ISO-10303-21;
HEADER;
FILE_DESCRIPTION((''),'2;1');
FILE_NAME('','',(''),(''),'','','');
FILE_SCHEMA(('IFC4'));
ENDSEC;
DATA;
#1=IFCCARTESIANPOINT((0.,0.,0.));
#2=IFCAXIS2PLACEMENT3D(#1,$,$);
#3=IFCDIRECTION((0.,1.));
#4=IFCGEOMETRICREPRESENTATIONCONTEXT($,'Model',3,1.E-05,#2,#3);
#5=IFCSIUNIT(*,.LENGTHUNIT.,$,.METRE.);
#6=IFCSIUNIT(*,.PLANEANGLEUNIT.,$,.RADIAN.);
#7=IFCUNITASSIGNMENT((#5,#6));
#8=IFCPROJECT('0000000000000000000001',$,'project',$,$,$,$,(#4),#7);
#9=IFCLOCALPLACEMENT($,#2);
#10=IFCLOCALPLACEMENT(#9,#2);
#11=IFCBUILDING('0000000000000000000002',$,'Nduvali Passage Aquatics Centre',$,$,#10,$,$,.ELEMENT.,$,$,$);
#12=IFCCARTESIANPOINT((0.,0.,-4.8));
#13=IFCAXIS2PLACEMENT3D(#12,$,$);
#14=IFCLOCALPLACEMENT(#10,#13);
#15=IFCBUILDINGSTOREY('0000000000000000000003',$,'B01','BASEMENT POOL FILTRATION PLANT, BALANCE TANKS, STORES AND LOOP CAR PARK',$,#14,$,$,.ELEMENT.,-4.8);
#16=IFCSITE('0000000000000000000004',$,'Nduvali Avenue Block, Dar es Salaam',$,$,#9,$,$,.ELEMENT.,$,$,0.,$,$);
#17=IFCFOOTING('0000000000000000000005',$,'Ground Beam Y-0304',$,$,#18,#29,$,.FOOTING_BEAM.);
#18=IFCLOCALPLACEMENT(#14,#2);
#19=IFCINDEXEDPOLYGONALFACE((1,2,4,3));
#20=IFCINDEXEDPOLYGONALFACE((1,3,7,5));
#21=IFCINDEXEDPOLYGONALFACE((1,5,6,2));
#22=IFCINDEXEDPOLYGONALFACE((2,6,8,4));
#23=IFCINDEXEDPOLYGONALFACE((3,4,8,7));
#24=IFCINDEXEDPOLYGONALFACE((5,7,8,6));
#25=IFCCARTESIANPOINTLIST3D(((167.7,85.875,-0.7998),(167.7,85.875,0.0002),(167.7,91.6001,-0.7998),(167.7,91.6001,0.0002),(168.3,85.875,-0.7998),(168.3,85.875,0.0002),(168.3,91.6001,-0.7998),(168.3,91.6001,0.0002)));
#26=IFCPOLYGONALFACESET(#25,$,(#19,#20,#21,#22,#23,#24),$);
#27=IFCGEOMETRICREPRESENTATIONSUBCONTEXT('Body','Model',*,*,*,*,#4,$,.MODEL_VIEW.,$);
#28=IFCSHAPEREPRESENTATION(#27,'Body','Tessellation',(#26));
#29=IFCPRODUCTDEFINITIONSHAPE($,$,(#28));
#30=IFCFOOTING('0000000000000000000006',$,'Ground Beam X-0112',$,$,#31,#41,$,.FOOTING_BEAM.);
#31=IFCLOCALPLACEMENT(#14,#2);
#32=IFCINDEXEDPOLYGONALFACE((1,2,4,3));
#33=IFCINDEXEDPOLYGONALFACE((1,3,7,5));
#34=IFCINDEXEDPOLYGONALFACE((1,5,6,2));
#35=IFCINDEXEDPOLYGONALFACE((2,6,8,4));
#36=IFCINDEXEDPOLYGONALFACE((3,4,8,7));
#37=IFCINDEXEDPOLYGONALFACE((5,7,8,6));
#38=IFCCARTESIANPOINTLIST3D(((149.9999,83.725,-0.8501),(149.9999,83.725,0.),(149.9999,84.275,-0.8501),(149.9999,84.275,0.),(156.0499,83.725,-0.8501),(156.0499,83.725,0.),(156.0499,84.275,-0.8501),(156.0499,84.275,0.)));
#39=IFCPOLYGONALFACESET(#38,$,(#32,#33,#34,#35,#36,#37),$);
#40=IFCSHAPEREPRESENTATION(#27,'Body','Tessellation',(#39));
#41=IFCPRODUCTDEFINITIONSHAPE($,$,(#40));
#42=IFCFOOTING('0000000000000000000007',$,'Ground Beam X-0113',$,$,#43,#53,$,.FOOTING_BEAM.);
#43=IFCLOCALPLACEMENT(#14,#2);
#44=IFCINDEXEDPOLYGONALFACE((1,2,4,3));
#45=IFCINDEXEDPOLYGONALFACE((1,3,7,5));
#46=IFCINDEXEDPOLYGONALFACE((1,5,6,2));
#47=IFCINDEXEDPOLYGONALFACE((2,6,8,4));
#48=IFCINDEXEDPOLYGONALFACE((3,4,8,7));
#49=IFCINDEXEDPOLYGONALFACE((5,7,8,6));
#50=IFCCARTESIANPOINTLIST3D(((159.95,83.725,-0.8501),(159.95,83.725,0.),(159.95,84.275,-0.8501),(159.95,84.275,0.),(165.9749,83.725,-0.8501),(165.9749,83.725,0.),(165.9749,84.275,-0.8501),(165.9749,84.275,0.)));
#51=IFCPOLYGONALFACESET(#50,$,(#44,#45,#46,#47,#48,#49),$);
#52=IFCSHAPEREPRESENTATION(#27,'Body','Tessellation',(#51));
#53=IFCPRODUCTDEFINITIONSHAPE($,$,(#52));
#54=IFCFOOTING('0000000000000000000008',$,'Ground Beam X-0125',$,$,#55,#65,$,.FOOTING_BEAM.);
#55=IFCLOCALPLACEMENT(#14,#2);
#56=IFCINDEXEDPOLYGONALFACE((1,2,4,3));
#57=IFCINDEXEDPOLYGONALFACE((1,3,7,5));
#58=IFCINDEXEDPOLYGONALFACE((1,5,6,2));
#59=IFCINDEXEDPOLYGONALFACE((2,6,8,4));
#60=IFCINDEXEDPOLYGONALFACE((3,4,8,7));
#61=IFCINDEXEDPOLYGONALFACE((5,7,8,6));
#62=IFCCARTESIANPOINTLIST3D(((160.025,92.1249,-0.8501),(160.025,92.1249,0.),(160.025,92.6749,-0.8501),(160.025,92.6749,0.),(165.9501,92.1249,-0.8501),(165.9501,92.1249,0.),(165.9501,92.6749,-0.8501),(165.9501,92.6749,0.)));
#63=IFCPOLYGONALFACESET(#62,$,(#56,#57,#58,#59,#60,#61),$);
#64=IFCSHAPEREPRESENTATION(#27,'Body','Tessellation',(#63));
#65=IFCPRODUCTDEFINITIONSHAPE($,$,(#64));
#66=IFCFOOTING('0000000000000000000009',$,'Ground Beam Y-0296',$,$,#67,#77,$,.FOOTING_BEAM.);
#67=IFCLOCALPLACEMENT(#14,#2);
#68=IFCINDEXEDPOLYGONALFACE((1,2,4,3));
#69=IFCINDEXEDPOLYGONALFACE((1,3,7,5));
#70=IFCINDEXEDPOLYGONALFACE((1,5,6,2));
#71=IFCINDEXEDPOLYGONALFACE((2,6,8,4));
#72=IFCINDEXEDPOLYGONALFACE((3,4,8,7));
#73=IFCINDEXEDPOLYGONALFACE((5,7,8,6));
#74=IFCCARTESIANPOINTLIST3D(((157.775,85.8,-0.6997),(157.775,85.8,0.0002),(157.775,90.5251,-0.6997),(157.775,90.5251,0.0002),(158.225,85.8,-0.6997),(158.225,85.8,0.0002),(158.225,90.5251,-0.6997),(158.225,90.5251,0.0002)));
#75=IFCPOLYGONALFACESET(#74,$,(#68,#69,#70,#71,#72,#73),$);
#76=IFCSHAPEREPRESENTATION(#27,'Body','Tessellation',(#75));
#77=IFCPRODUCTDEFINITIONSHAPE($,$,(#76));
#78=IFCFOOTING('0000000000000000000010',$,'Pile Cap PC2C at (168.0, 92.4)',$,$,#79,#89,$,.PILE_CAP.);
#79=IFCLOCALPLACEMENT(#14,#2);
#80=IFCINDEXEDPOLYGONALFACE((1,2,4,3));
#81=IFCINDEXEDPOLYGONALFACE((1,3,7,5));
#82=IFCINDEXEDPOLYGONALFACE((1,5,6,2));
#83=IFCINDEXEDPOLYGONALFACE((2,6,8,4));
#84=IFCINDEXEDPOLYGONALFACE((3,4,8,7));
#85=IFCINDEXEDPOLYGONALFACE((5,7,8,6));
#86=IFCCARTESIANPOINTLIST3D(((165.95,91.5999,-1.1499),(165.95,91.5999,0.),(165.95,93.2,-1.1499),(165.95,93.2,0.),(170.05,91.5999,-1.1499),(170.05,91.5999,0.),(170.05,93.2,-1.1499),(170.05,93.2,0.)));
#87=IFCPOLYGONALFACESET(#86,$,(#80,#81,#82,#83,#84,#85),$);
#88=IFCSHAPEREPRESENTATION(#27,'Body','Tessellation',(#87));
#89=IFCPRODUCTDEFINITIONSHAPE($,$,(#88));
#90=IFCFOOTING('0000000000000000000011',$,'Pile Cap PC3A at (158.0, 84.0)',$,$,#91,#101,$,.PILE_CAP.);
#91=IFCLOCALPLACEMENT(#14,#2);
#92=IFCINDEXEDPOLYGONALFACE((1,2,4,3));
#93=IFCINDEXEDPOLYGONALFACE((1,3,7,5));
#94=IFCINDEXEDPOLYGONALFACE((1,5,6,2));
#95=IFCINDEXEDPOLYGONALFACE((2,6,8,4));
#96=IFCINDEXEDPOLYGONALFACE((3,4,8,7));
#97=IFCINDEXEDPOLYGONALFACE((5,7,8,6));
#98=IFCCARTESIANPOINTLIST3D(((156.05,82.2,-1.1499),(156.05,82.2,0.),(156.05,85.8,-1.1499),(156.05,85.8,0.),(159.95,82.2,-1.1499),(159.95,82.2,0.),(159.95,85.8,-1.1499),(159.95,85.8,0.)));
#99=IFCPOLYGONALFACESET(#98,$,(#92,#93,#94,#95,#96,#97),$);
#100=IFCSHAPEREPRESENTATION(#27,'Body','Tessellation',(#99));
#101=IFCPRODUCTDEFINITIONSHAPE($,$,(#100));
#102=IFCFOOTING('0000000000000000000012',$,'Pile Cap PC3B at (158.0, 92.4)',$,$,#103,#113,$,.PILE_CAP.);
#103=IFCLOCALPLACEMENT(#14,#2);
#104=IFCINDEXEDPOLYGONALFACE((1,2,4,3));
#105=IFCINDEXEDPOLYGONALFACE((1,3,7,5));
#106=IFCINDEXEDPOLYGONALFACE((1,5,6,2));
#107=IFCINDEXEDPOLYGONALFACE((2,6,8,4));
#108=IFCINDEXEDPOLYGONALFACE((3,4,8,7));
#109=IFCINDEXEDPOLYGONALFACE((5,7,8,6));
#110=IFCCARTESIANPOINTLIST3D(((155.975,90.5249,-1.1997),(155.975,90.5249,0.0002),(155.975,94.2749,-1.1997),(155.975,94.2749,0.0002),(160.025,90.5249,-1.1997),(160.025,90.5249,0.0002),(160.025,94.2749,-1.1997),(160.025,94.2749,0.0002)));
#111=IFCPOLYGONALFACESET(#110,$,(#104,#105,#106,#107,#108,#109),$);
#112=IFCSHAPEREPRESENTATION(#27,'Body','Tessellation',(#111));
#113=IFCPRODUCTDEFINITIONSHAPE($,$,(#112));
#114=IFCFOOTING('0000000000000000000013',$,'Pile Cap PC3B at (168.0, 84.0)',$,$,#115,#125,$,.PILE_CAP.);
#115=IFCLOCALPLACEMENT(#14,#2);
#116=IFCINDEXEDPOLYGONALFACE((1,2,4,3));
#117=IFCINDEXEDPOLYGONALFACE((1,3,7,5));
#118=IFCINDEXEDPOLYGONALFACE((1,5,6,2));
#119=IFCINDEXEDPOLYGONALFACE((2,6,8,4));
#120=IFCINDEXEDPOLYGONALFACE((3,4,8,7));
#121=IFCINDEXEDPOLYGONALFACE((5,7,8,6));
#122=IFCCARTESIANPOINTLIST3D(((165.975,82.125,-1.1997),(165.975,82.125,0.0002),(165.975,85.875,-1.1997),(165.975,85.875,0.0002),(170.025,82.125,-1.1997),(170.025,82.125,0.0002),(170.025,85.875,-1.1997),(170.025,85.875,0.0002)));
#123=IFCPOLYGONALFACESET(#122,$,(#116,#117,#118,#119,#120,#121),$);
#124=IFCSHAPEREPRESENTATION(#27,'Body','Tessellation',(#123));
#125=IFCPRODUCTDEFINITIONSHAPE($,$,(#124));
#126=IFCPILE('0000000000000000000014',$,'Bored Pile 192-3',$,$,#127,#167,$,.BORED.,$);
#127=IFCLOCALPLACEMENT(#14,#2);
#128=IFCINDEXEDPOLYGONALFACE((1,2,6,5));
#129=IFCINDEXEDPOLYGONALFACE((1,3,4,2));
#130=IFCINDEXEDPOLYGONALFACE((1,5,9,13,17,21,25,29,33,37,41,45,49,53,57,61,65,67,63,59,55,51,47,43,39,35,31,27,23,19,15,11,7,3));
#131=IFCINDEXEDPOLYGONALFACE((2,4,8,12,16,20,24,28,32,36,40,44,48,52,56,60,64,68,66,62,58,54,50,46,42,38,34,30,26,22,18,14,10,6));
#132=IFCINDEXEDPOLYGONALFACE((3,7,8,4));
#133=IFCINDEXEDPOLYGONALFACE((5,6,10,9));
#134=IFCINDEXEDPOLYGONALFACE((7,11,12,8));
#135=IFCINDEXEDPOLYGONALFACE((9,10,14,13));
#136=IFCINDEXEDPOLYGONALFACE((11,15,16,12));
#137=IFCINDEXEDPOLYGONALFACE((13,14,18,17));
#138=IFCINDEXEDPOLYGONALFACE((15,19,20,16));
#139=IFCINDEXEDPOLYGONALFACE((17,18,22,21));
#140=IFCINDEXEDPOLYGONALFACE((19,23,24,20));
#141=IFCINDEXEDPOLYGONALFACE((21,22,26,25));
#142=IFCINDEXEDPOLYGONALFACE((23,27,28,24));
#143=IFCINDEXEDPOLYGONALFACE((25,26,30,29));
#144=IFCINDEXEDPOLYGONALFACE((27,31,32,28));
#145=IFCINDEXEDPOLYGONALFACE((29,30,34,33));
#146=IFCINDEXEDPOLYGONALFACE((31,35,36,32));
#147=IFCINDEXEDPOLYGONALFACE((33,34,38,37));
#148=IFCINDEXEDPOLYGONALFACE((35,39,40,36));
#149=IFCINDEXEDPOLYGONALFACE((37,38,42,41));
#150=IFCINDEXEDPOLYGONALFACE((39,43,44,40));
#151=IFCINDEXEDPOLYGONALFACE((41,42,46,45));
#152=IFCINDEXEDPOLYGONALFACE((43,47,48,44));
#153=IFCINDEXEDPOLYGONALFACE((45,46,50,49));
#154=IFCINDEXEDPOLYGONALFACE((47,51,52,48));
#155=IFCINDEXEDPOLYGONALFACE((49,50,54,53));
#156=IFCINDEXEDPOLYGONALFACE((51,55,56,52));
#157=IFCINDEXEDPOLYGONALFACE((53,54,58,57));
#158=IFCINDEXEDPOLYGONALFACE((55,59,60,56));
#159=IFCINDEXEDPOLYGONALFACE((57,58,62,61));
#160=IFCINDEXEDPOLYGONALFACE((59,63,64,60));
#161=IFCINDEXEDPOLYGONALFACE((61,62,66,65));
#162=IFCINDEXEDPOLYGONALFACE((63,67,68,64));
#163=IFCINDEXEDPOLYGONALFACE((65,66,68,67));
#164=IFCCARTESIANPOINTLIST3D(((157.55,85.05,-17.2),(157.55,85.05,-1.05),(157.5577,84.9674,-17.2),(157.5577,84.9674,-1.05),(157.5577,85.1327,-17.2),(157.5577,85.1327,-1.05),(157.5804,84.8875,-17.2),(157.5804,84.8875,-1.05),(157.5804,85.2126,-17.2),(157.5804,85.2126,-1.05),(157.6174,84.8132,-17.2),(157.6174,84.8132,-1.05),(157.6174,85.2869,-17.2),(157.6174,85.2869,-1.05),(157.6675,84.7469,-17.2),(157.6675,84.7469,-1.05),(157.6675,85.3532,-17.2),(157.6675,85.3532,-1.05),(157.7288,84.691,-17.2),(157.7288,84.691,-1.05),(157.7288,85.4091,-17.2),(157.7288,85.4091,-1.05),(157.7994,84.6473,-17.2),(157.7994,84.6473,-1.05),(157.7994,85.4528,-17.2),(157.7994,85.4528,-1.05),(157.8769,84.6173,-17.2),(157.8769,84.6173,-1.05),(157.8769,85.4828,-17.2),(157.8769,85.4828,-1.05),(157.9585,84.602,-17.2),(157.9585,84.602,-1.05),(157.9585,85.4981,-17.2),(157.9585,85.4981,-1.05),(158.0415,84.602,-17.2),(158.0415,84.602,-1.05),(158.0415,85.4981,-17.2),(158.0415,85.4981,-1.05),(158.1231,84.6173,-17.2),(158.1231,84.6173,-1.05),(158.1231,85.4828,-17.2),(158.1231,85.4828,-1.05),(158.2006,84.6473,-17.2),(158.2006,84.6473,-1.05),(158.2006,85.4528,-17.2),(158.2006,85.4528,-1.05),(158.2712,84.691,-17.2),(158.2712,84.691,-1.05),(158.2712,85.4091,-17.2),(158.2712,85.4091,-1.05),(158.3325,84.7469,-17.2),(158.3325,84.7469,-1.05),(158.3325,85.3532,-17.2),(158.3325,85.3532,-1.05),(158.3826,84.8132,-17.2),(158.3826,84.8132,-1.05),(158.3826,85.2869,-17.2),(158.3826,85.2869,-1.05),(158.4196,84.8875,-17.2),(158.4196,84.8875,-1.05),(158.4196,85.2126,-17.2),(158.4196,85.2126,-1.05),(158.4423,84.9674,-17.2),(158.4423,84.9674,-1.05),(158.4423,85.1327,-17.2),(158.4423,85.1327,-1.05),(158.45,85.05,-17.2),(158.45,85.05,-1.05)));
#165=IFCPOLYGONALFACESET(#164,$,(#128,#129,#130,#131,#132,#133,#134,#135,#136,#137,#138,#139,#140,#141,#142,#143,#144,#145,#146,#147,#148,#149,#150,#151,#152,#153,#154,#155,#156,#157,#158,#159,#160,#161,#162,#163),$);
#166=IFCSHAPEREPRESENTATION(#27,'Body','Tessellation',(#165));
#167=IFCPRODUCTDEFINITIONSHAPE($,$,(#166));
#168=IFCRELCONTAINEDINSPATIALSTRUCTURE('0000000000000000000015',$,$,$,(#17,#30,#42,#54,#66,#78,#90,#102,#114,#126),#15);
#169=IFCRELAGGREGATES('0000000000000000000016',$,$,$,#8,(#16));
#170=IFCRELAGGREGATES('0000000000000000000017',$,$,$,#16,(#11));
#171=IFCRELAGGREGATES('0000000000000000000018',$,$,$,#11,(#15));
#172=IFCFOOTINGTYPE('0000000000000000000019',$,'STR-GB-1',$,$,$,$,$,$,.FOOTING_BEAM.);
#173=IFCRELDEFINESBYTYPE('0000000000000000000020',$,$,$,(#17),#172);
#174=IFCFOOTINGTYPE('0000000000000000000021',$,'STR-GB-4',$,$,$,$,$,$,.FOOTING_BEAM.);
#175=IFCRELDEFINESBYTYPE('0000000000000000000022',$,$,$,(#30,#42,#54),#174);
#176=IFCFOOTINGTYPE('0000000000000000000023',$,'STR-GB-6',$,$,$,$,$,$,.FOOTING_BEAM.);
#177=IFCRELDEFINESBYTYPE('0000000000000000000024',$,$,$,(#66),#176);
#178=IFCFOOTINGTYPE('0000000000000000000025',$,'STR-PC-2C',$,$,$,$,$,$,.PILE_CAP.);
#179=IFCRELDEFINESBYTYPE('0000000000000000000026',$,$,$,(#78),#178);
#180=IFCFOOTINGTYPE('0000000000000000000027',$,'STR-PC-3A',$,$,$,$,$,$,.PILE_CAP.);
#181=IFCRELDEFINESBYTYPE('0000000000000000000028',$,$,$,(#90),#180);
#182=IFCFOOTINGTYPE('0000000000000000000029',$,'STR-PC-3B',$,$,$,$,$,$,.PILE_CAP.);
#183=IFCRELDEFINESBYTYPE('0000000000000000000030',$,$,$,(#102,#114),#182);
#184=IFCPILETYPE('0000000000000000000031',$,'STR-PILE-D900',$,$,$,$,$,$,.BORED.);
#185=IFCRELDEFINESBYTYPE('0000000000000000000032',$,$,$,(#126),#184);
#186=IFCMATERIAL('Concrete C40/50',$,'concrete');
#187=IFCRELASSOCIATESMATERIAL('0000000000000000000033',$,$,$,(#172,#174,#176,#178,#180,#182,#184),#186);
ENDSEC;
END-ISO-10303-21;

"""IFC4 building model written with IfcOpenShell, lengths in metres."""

from ifc_helpers import new_model, si_unit, direction, frame, origin, origin_2d, place, context, subcontext, project, spatial, rectangle, circle, extrude, material, material_profile, profile_set, type_object, element, save


model = new_model("IFC4")

# Units and contexts
model_context = context("Model", 3, precision=1e-05, world=origin(), true_north=direction((0.0, 1.0)))
body_context = subcontext(model_context, "Body", "Model", "MODEL_VIEW")
ifc_project = project(units=[si_unit("LENGTHUNIT", "METRE"), si_unit("PLANEANGLEUNIT", "RADIAN")], contexts=[model_context])

# Site, building, storey
site_placement = place(None, origin())
site = spatial("IfcSite", under=ifc_project, at=site_placement, Name="Nduvali Avenue Block, Dar es Salaam", CompositionType="ELEMENT", RefElevation=0.0)
building_placement = place(site_placement, origin())
building = spatial("IfcBuilding", under=site, at=building_placement, Name="Nduvali Passage Aquatics Centre", CompositionType="ELEMENT")
storey_placement = place(building_placement, frame((0.0, 0.0, -4.8)))
storey = spatial("IfcBuildingStorey", under=building, at=storey_placement, Name="B01", Description="BASEMENT POOL FILTRATION PLANT, BALANCE TANKS, STORES AND LOOP CAR PARK", CompositionType="ELEMENT", Elevation=-4.8)

# Footings
ifc_material = material(Name="Concrete C40/50", Category="concrete")
footing_type_1 = type_object("IfcFootingType", Name="STR-GB-1", PredefinedType="FOOTING_BEAM", material=ifc_material)
footing_1_placement = place(storey_placement, frame((168.0, 88.7375, -0.7998), z_axis=(0.0, 0.0, 1.0), x_axis=(0.0, 1.0, 0.0)))
element("IfcFooting", 1, at=footing_1_placement, inside=storey, type_object=footing_type_1, Name="Ground Beam Y-0304", PredefinedType="FOOTING_BEAM", context=body_context, shape_type="SweptSolid", body=[
    extrude(rectangle(XDim=5.7251, YDim=0.6001, at=origin_2d()), origin(), (0.0, 0.0, 1.0), 0.8),
])
footing_type_2 = type_object("IfcFootingType", Name="STR-GB-4", PredefinedType="FOOTING_BEAM", material=ifc_material)
footing_2_placement = place(storey_placement, frame((153.0249, 84.0, -0.8501), z_axis=(0.0, 0.0, 1.0), x_axis=(1.0, 0.0, 0.0)))
element("IfcFooting", 2, at=footing_2_placement, inside=storey, type_object=footing_type_2, Name="Ground Beam X-0112", PredefinedType="FOOTING_BEAM", context=body_context, shape_type="SweptSolid", body=[
    extrude(rectangle(XDim=6.05, YDim=0.55, at=origin_2d()), origin(), (0.0, 0.0, 1.0), 0.8501),
])
footing_3_placement = place(storey_placement, frame((162.9624, 84.0, -0.8501), z_axis=(0.0, 0.0, 1.0), x_axis=(1.0, 0.0, 0.0)))
element("IfcFooting", 3, at=footing_3_placement, inside=storey, type_object=footing_type_2, Name="Ground Beam X-0113", PredefinedType="FOOTING_BEAM", context=body_context, shape_type="SweptSolid", body=[
    extrude(rectangle(XDim=6.0249, YDim=0.55, at=origin_2d()), origin(), (0.0, 0.0, 1.0), 0.8501),
])
footing_4_placement = place(storey_placement, frame((162.9875, 92.3999, -0.8501), z_axis=(0.0, 0.0, 1.0), x_axis=(1.0, 0.0, 0.0)))
element("IfcFooting", 4, at=footing_4_placement, inside=storey, type_object=footing_type_2, Name="Ground Beam X-0125", PredefinedType="FOOTING_BEAM", context=body_context, shape_type="SweptSolid", body=[
    extrude(rectangle(XDim=5.925, YDim=0.55, at=origin_2d()), origin(), (0.0, 0.0, 1.0), 0.8501),
])
footing_type_3 = type_object("IfcFootingType", Name="STR-GB-6", PredefinedType="FOOTING_BEAM", material=ifc_material)
footing_5_placement = place(storey_placement, frame((158.0, 88.1626, -0.6997), z_axis=(0.0, 0.0, 1.0), x_axis=(0.0, 1.0, 0.0)))
element("IfcFooting", 5, at=footing_5_placement, inside=storey, type_object=footing_type_3, Name="Ground Beam Y-0296", PredefinedType="FOOTING_BEAM", context=body_context, shape_type="SweptSolid", body=[
    extrude(rectangle(XDim=4.7251, YDim=0.45, at=origin_2d()), origin(), (0.0, 0.0, 1.0), 0.7),
])
footing_type_4 = type_object("IfcFootingType", Name="STR-PC-2C", PredefinedType="PILE_CAP", material=ifc_material)
footing_6_placement = place(storey_placement, frame((168.0, 92.3999, -1.1499), z_axis=(0.0, 0.0, 1.0), x_axis=(1.0, 0.0, 0.0)))
element("IfcFooting", 6, at=footing_6_placement, inside=storey, type_object=footing_type_4, Name="Pile Cap PC2C at (168.0, 92.4)", PredefinedType="PILE_CAP", context=body_context, shape_type="SweptSolid", body=[
    extrude(rectangle(XDim=4.1001, YDim=1.6001, at=origin_2d()), origin(), (0.0, 0.0, 1.0), 1.1499),
])
footing_type_5 = type_object("IfcFootingType", Name="STR-PC-3A", PredefinedType="PILE_CAP", material=ifc_material)
footing_7_placement = place(storey_placement, frame((158.0, 84.0, -1.1499), z_axis=(0.0, 0.0, 1.0), x_axis=(1.0, 0.0, 0.0)))
element("IfcFooting", 7, at=footing_7_placement, inside=storey, type_object=footing_type_5, Name="Pile Cap PC3A at (158.0, 84.0)", PredefinedType="PILE_CAP", context=body_context, shape_type="SweptSolid", body=[
    extrude(rectangle(XDim=3.8999, YDim=3.6001, at=origin_2d()), origin(), (0.0, 0.0, 1.0), 1.1499),
])
footing_type_6 = type_object("IfcFootingType", Name="STR-PC-3B", PredefinedType="PILE_CAP", material=ifc_material)
for number, where, z_axis, x_axis, name in (
    (8, (158.0, 92.3999, -1.1997), (0.0, 0.0, 1.0), (1.0, 0.0, 0.0), "Pile Cap PC3B at (158.0, 92.4)"),
    (9, (168.0, 84.0, -1.1997), (0.0, 0.0, 1.0), (1.0, 0.0, 0.0), "Pile Cap PC3B at (168.0, 84.0)"),
):
    element("IfcFooting", number, at=place(storey_placement, frame(where, z_axis=z_axis, x_axis=x_axis)), inside=storey, type_object=footing_type_6, Name=name, PredefinedType="PILE_CAP", context=body_context, shape_type="SweptSolid", body=[
        extrude(rectangle(XDim=4.05, YDim=3.75, at=origin_2d()), origin(), (0.0, 0.0, 1.0), 1.2),
    ])

# Pile
ifc_material_profile_1 = material_profile(ifc_material, circle(Radius=0.45, at=origin_2d()), Name="PILE D900")
ifc_profile_set_1 = profile_set([ifc_material_profile_1], Name="Concrete C40/50")
pile_type = type_object("IfcPileType", Name="STR-PILE-D900", PredefinedType="BORED", material=ifc_profile_set_1)
pile_placement = place(storey_placement, frame((158.0, 85.05, -1.05), z_axis=(0.0, 0.0, -1.0), x_axis=(1.0, 0.0, 0.0)))
element("IfcPile", 10, at=pile_placement, inside=storey, type_object=pile_type, Name="Bored Pile 192-3", PredefinedType="BORED", context=body_context, shape_type="SweptSolid", body=[
    extrude(circle(Radius=0.45, at=origin_2d()), origin(), (0.0, 0.0, 1.0), 16.1499),
])

save(model, "model.ifc")
